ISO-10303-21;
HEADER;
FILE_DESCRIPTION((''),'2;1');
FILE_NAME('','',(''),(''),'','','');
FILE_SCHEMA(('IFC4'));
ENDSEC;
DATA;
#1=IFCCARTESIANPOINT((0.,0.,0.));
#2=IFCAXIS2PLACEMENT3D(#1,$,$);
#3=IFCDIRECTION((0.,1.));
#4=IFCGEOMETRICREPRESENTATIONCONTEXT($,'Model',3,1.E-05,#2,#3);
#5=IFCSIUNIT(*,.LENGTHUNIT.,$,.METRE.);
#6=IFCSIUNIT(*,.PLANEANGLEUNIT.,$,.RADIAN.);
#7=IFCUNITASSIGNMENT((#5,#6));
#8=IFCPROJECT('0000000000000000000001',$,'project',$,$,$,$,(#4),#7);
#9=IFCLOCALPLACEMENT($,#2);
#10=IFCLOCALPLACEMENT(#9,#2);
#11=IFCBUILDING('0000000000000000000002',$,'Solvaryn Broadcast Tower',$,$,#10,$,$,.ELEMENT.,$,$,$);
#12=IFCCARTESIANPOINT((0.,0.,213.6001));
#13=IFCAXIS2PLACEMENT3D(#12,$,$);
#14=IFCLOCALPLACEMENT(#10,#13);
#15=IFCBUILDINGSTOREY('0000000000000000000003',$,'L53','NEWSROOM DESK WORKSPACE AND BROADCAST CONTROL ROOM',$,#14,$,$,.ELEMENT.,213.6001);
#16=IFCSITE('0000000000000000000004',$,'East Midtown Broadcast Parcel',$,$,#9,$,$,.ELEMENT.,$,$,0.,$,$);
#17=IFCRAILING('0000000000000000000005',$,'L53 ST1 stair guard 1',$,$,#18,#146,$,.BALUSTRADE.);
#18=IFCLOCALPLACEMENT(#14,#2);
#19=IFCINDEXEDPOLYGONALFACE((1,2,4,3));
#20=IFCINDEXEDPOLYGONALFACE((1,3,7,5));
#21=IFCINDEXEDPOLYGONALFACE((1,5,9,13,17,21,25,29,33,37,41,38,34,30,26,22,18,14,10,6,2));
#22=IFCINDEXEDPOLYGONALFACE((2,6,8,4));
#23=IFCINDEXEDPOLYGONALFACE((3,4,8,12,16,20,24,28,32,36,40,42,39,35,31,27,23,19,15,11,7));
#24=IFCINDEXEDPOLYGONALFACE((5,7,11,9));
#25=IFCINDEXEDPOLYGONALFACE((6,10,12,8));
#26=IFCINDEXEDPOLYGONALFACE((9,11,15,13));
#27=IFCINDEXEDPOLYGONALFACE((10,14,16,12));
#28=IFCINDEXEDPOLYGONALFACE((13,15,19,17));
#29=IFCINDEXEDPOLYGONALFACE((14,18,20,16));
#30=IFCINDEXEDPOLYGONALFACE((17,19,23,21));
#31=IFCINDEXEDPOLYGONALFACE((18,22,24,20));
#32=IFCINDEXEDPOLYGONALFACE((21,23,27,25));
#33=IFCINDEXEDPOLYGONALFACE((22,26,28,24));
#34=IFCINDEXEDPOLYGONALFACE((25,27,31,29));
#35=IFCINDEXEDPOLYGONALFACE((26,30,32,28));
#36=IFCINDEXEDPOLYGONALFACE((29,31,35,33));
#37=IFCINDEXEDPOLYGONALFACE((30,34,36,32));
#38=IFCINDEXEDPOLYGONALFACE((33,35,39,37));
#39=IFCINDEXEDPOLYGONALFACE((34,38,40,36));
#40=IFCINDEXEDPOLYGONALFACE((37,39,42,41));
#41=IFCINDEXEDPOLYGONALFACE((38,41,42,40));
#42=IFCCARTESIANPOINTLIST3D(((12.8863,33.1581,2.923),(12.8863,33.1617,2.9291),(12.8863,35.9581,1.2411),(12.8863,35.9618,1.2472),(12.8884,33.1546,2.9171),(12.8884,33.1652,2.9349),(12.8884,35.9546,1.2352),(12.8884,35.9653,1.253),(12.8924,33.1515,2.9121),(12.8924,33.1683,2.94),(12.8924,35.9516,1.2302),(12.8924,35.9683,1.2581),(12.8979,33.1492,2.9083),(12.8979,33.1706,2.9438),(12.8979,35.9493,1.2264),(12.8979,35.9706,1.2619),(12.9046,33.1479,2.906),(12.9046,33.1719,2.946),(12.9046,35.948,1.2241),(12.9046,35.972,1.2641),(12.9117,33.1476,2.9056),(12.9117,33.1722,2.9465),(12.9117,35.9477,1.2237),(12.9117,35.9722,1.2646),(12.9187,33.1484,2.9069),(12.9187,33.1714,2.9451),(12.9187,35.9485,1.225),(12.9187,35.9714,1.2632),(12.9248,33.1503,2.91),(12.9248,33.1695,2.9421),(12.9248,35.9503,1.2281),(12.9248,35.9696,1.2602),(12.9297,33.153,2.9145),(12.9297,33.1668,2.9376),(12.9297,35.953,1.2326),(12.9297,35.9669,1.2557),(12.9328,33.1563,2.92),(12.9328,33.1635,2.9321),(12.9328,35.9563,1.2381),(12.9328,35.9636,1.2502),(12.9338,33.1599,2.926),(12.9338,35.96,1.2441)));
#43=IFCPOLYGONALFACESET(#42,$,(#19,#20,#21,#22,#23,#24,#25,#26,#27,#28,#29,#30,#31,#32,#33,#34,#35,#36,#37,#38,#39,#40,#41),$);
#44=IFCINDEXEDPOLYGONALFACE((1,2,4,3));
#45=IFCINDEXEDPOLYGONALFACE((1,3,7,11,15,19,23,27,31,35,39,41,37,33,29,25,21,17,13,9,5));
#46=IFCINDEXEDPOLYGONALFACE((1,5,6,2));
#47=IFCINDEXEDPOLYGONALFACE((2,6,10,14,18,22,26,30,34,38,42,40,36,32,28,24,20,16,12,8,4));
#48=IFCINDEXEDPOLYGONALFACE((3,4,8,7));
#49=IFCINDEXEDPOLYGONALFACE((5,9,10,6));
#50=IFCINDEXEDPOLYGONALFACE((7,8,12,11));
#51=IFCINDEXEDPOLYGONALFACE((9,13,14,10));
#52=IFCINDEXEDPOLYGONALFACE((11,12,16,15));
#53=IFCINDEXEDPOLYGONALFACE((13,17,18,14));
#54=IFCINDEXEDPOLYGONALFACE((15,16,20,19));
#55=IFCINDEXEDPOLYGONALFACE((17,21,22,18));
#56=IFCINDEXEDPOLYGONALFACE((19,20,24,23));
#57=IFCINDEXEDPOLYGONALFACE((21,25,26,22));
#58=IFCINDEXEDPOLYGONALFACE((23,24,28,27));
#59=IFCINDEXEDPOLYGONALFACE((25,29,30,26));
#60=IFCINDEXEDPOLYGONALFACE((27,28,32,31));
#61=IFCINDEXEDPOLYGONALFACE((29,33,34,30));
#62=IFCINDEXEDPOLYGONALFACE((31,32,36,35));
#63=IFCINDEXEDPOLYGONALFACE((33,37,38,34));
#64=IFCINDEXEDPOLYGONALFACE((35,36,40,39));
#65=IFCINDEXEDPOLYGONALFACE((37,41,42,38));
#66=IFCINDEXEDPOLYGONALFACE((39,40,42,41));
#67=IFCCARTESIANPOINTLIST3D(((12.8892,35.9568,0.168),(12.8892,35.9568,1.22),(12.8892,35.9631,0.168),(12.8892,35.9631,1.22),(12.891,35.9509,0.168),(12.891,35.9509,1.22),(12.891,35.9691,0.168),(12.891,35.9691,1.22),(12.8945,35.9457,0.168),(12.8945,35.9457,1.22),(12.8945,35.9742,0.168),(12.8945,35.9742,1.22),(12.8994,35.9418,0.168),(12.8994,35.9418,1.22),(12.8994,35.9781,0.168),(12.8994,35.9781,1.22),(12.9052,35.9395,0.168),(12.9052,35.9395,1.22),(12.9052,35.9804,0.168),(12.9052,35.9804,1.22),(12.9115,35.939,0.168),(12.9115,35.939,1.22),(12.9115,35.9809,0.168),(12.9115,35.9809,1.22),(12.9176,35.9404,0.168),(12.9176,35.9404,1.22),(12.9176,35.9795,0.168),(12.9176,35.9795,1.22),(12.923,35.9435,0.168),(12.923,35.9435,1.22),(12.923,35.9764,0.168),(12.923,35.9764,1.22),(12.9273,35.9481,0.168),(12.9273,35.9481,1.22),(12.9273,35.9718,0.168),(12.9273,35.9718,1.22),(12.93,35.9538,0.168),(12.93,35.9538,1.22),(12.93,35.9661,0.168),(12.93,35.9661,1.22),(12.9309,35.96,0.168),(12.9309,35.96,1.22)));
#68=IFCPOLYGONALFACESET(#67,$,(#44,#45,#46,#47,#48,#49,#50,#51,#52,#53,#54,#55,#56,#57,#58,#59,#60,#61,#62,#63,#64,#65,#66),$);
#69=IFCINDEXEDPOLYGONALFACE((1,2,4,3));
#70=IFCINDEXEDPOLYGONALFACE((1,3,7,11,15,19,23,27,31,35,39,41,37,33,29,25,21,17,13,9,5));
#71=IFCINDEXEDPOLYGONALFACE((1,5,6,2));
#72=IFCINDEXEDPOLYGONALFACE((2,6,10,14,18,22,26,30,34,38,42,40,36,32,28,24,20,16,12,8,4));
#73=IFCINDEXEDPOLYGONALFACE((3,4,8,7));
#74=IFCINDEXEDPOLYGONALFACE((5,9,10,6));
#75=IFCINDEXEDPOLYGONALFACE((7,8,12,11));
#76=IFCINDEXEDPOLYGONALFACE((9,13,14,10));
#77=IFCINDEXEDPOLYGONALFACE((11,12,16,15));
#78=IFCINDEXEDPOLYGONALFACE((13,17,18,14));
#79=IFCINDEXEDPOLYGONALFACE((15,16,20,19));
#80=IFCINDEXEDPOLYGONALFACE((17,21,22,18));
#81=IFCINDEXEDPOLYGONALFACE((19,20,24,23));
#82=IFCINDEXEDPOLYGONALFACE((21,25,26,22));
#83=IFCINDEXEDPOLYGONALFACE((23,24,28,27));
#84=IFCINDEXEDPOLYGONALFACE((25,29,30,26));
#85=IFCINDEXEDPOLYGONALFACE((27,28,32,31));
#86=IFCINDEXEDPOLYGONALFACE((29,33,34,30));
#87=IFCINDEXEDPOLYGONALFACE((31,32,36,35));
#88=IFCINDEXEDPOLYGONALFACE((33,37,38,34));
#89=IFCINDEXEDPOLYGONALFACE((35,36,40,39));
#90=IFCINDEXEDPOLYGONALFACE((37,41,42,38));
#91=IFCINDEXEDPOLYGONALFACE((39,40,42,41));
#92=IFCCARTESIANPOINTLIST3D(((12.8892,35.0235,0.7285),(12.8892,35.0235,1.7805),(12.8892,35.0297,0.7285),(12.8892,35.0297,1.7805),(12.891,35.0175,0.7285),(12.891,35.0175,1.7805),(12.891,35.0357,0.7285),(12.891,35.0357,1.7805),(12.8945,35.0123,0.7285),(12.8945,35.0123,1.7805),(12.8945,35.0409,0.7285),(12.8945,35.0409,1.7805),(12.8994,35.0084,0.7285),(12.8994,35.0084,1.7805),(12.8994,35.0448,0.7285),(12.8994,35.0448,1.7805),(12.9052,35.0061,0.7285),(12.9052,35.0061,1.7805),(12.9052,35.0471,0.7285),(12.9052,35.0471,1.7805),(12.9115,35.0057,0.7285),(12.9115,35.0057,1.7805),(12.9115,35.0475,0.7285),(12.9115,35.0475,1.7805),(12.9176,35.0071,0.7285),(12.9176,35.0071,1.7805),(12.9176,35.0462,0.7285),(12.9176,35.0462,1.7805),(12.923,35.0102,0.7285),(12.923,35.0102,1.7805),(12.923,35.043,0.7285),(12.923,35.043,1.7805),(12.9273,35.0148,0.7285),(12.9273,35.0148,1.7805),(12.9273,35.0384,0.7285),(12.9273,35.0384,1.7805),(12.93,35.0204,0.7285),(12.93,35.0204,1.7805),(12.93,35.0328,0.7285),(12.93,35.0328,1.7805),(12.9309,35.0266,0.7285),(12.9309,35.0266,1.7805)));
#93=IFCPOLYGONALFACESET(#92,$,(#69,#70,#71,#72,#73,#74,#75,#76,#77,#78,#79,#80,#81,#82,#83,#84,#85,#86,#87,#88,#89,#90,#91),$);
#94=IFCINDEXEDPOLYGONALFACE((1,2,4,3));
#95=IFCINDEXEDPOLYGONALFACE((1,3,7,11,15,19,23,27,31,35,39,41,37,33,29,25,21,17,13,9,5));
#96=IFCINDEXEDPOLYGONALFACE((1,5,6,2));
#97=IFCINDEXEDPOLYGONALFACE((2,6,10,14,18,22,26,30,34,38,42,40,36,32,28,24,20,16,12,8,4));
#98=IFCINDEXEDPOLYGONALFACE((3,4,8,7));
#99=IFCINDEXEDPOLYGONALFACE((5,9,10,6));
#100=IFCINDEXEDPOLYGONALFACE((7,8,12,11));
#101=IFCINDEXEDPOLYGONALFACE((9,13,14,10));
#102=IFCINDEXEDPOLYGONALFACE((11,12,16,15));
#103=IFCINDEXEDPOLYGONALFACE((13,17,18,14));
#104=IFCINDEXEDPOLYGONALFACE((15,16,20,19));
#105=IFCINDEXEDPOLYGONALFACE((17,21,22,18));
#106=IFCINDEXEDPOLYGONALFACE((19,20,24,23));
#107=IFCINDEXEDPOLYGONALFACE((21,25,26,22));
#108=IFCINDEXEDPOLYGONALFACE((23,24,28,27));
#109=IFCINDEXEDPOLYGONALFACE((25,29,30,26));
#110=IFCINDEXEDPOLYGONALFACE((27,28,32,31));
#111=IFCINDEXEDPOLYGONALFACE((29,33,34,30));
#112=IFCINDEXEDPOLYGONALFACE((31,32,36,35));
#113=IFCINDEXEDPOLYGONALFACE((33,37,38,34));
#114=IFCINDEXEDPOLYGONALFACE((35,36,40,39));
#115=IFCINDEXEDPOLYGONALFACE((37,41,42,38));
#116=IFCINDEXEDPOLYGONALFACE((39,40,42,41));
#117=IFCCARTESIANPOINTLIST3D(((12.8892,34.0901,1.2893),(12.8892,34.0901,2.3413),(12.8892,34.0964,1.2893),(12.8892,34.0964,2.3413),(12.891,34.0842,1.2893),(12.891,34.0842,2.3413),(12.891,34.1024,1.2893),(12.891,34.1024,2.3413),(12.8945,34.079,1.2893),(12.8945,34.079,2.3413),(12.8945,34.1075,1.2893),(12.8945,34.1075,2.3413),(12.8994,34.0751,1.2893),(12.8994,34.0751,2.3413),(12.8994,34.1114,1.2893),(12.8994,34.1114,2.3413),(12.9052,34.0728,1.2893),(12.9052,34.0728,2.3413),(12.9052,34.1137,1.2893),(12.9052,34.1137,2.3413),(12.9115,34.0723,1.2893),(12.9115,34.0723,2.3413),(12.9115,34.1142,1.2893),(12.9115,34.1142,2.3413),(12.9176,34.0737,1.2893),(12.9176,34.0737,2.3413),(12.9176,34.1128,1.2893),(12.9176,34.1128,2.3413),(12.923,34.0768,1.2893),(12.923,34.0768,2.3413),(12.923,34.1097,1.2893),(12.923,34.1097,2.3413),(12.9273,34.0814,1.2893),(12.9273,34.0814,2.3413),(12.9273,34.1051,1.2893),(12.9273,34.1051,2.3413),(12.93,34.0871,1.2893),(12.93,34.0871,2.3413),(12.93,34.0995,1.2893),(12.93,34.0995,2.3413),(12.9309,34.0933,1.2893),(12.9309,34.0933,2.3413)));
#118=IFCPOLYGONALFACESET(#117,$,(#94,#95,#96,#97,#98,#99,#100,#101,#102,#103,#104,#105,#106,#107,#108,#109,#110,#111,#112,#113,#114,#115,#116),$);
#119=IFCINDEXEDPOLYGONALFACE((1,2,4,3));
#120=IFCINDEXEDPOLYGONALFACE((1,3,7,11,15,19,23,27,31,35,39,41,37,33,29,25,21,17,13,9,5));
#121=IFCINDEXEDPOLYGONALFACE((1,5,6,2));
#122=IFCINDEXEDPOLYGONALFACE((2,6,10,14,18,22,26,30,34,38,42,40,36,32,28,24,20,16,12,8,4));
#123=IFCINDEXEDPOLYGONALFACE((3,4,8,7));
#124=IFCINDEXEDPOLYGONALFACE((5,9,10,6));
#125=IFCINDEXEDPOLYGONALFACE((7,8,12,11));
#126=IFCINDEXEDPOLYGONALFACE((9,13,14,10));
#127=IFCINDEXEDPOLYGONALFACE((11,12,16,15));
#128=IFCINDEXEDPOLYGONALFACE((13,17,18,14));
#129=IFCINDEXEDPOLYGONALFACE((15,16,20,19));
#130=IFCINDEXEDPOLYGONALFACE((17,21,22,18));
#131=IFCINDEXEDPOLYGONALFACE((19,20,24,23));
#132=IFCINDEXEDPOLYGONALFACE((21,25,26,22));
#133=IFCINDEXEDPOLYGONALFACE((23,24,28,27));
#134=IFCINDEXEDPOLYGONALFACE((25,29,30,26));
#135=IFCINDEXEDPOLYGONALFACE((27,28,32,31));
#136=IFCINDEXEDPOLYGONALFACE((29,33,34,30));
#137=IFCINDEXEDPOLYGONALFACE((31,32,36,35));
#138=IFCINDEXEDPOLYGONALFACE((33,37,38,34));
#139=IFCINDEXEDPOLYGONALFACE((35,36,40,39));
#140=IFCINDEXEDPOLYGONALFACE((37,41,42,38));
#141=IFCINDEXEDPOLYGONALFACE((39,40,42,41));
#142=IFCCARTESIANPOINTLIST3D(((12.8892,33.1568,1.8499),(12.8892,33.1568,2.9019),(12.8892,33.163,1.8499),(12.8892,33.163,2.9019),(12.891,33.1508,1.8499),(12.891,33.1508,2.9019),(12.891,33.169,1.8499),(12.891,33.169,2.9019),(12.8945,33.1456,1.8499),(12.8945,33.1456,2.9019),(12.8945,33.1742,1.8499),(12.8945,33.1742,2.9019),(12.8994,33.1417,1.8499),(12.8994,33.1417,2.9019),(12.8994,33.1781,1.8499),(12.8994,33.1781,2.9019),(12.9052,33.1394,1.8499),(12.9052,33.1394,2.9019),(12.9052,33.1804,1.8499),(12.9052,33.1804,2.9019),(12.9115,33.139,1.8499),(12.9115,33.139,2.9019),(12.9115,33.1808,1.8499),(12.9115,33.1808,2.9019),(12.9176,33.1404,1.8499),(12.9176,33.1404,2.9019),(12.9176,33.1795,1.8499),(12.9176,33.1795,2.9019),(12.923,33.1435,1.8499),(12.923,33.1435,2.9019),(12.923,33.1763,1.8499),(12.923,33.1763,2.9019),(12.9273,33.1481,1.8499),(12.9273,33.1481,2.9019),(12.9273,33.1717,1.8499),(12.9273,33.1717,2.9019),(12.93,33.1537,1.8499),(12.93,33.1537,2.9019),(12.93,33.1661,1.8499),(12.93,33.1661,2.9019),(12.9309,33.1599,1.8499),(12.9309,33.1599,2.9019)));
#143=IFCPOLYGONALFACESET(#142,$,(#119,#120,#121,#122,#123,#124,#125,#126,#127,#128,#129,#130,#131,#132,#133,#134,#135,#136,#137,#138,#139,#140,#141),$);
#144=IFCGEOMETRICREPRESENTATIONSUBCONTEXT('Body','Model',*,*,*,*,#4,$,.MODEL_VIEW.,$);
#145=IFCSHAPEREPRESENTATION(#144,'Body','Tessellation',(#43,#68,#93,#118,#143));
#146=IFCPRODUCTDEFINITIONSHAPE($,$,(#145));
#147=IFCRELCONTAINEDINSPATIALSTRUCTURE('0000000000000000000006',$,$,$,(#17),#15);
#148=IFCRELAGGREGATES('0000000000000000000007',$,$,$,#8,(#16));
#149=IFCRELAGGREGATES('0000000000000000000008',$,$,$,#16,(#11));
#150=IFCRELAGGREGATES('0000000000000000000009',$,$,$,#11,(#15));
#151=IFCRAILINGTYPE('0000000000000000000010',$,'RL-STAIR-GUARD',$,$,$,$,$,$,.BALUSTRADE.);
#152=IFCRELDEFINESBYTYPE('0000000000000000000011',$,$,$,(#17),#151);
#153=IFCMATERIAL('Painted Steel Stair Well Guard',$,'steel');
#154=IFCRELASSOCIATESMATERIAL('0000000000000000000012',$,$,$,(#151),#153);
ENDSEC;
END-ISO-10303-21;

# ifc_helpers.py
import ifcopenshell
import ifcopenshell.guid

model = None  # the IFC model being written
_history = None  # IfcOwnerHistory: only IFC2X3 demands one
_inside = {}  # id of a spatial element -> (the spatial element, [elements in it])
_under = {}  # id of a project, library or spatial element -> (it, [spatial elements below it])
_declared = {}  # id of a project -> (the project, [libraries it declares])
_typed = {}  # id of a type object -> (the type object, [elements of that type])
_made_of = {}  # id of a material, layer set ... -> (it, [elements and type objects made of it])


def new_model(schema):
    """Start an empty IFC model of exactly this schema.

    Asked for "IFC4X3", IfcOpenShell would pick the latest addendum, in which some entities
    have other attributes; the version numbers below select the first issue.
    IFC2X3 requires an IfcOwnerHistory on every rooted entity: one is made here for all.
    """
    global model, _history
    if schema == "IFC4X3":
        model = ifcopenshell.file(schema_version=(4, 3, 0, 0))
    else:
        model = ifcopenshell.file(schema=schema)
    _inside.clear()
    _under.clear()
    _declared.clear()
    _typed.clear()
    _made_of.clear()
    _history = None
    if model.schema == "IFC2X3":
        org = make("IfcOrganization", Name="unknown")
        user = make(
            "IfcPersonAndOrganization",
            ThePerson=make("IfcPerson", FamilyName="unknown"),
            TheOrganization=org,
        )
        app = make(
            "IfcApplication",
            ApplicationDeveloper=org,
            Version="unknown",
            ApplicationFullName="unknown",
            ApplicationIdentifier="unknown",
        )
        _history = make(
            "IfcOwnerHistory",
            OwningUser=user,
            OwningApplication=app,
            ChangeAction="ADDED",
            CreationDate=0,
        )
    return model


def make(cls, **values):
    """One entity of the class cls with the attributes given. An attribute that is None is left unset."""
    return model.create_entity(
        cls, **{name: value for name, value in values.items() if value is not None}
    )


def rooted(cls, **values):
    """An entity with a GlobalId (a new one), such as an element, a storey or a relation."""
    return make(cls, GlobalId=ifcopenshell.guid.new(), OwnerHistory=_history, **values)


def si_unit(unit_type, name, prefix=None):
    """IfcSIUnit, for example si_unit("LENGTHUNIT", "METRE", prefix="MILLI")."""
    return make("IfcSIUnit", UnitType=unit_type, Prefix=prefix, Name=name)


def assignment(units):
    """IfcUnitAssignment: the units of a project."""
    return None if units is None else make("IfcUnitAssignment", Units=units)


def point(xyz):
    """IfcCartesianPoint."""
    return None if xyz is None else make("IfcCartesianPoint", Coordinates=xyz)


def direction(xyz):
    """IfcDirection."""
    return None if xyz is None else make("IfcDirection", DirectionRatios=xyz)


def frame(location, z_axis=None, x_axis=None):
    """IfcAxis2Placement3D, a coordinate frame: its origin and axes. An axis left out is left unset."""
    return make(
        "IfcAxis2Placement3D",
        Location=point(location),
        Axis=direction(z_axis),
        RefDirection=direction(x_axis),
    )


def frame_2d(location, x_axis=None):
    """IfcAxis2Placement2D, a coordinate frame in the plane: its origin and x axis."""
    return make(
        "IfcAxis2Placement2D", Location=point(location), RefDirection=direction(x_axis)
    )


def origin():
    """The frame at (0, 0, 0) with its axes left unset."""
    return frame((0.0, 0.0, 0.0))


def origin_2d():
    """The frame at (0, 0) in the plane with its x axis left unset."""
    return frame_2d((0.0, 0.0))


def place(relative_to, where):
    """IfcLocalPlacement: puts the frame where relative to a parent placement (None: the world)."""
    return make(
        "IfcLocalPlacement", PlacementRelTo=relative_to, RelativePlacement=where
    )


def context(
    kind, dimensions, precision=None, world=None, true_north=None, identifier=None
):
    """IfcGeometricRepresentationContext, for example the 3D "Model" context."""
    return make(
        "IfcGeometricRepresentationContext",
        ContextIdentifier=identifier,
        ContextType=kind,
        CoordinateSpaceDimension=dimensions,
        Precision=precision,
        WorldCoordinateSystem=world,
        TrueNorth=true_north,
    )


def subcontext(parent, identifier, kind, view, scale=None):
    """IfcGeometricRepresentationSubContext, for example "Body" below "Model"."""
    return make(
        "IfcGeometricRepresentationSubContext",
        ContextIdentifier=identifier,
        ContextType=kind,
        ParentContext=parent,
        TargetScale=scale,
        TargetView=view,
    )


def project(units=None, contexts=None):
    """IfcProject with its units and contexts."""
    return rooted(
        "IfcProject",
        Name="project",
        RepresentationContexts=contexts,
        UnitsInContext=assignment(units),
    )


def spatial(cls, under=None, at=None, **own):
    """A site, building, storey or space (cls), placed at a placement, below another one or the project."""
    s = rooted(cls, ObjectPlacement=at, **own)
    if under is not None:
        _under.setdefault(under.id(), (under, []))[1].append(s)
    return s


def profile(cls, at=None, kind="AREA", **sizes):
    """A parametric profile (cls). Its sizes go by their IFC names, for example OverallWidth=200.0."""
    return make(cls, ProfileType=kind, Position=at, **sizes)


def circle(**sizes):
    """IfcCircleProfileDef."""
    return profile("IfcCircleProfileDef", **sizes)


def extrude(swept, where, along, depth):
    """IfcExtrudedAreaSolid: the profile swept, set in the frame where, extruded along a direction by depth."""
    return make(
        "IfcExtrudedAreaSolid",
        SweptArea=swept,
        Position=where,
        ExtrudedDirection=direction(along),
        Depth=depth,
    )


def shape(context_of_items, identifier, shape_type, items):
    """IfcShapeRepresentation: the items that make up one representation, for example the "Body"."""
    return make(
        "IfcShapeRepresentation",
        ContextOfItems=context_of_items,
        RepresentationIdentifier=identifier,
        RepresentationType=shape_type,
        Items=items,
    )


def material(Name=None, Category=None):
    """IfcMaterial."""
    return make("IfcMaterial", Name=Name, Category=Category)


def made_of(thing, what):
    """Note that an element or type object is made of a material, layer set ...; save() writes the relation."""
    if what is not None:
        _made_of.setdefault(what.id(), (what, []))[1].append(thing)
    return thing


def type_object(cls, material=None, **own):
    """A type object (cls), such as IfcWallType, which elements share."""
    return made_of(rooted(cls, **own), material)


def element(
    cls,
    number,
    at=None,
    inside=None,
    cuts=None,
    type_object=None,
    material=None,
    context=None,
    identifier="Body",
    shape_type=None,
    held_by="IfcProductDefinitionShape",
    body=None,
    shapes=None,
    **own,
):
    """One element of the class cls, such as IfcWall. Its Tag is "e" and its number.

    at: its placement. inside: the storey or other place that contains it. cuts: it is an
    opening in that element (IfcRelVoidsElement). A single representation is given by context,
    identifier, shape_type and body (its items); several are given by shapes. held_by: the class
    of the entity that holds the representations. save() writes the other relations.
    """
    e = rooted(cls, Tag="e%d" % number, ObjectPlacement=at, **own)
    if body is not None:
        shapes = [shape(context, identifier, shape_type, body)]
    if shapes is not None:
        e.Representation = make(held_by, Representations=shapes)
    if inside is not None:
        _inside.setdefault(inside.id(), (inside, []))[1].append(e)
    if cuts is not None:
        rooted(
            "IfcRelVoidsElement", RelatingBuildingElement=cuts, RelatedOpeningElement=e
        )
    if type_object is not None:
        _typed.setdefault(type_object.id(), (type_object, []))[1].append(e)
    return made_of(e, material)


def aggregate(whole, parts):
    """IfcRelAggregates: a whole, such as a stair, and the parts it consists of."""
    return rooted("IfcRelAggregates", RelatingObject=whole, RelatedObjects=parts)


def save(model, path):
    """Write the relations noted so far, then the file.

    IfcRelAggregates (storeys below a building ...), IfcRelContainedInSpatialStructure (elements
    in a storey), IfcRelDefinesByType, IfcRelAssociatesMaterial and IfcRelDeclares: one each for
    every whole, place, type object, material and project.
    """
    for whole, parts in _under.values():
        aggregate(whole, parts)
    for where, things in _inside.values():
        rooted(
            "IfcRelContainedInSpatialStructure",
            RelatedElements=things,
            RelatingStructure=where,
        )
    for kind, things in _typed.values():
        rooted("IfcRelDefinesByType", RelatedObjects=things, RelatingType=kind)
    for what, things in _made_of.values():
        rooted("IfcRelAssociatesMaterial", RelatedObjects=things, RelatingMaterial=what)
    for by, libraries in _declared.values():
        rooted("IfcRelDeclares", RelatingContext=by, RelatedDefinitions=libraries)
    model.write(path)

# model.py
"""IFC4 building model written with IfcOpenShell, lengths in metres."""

from ifc_helpers import new_model, si_unit, direction, frame, origin, origin_2d, place, context, subcontext, project, spatial, circle, extrude, material, type_object, element, save


model = new_model("IFC4")

# Units and contexts
model_context = context("Model", 3, precision=1e-05, world=origin(), true_north=direction((0.0, 1.0)))
body_context = subcontext(model_context, "Body", "Model", "MODEL_VIEW")
ifc_project = project(units=[si_unit("LENGTHUNIT", "METRE"), si_unit("PLANEANGLEUNIT", "RADIAN")], contexts=[model_context])

# Site, building, storey
site_placement = place(None, origin())
site = spatial("IfcSite", under=ifc_project, at=site_placement, Name="East Midtown Broadcast Parcel", CompositionType="ELEMENT", RefElevation=0.0)
building_placement = place(site_placement, origin())
building = spatial("IfcBuilding", under=site, at=building_placement, Name="Solvaryn Broadcast Tower", CompositionType="ELEMENT")
storey_placement = place(building_placement, frame((0.0, 0.0, 213.6001)))
storey = spatial("IfcBuildingStorey", under=building, at=storey_placement, Name="L53", Description="NEWSROOM DESK WORKSPACE AND BROADCAST CONTROL ROOM", CompositionType="ELEMENT", Elevation=213.6001)

# Railing
ifc_material_1 = material(Name="Painted Steel Stair Well Guard", Category="steel")
railing_type_1 = type_object("IfcRailingType", Name="RL-STAIR-GUARD", PredefinedType="BALUSTRADE", material=ifc_material_1)
railing_1_placement = place(storey_placement, frame((12.9099, 35.96, 0.168)))
element("IfcRailing", 1, at=railing_1_placement, inside=storey, type_object=railing_type_1, Name="L53 ST1 stair guard 1", PredefinedType="BALUSTRADE", context=body_context, shape_type="SweptSolid", body=[
    extrude(circle(Radius=0.0239, at=origin_2d()), frame((0.0, 0.0, 1.0762), z_axis=(0.0, -0.857242, 0.514913), x_axis=(1.0, 0.0, 0.0)), (0.0, 0.0, 1.0), 3.2664),
    extrude(circle(Radius=0.021, at=origin_2d()), origin(), (0.0, 0.0, 1.0), 1.052),
    extrude(circle(Radius=0.021, at=origin_2d()), frame((0.0, -0.9333, 0.5605)), (0.0, 0.0, 1.0), 1.052),
    extrude(circle(Radius=0.021, at=origin_2d()), frame((0.0, -1.8667, 1.1213)), (0.0, 0.0, 1.0), 1.052),
    extrude(circle(Radius=0.021, at=origin_2d()), frame((0.0, -2.8, 1.6819)), (0.0, 0.0, 1.0), 1.052),
])

save(model, "model.ifc")
